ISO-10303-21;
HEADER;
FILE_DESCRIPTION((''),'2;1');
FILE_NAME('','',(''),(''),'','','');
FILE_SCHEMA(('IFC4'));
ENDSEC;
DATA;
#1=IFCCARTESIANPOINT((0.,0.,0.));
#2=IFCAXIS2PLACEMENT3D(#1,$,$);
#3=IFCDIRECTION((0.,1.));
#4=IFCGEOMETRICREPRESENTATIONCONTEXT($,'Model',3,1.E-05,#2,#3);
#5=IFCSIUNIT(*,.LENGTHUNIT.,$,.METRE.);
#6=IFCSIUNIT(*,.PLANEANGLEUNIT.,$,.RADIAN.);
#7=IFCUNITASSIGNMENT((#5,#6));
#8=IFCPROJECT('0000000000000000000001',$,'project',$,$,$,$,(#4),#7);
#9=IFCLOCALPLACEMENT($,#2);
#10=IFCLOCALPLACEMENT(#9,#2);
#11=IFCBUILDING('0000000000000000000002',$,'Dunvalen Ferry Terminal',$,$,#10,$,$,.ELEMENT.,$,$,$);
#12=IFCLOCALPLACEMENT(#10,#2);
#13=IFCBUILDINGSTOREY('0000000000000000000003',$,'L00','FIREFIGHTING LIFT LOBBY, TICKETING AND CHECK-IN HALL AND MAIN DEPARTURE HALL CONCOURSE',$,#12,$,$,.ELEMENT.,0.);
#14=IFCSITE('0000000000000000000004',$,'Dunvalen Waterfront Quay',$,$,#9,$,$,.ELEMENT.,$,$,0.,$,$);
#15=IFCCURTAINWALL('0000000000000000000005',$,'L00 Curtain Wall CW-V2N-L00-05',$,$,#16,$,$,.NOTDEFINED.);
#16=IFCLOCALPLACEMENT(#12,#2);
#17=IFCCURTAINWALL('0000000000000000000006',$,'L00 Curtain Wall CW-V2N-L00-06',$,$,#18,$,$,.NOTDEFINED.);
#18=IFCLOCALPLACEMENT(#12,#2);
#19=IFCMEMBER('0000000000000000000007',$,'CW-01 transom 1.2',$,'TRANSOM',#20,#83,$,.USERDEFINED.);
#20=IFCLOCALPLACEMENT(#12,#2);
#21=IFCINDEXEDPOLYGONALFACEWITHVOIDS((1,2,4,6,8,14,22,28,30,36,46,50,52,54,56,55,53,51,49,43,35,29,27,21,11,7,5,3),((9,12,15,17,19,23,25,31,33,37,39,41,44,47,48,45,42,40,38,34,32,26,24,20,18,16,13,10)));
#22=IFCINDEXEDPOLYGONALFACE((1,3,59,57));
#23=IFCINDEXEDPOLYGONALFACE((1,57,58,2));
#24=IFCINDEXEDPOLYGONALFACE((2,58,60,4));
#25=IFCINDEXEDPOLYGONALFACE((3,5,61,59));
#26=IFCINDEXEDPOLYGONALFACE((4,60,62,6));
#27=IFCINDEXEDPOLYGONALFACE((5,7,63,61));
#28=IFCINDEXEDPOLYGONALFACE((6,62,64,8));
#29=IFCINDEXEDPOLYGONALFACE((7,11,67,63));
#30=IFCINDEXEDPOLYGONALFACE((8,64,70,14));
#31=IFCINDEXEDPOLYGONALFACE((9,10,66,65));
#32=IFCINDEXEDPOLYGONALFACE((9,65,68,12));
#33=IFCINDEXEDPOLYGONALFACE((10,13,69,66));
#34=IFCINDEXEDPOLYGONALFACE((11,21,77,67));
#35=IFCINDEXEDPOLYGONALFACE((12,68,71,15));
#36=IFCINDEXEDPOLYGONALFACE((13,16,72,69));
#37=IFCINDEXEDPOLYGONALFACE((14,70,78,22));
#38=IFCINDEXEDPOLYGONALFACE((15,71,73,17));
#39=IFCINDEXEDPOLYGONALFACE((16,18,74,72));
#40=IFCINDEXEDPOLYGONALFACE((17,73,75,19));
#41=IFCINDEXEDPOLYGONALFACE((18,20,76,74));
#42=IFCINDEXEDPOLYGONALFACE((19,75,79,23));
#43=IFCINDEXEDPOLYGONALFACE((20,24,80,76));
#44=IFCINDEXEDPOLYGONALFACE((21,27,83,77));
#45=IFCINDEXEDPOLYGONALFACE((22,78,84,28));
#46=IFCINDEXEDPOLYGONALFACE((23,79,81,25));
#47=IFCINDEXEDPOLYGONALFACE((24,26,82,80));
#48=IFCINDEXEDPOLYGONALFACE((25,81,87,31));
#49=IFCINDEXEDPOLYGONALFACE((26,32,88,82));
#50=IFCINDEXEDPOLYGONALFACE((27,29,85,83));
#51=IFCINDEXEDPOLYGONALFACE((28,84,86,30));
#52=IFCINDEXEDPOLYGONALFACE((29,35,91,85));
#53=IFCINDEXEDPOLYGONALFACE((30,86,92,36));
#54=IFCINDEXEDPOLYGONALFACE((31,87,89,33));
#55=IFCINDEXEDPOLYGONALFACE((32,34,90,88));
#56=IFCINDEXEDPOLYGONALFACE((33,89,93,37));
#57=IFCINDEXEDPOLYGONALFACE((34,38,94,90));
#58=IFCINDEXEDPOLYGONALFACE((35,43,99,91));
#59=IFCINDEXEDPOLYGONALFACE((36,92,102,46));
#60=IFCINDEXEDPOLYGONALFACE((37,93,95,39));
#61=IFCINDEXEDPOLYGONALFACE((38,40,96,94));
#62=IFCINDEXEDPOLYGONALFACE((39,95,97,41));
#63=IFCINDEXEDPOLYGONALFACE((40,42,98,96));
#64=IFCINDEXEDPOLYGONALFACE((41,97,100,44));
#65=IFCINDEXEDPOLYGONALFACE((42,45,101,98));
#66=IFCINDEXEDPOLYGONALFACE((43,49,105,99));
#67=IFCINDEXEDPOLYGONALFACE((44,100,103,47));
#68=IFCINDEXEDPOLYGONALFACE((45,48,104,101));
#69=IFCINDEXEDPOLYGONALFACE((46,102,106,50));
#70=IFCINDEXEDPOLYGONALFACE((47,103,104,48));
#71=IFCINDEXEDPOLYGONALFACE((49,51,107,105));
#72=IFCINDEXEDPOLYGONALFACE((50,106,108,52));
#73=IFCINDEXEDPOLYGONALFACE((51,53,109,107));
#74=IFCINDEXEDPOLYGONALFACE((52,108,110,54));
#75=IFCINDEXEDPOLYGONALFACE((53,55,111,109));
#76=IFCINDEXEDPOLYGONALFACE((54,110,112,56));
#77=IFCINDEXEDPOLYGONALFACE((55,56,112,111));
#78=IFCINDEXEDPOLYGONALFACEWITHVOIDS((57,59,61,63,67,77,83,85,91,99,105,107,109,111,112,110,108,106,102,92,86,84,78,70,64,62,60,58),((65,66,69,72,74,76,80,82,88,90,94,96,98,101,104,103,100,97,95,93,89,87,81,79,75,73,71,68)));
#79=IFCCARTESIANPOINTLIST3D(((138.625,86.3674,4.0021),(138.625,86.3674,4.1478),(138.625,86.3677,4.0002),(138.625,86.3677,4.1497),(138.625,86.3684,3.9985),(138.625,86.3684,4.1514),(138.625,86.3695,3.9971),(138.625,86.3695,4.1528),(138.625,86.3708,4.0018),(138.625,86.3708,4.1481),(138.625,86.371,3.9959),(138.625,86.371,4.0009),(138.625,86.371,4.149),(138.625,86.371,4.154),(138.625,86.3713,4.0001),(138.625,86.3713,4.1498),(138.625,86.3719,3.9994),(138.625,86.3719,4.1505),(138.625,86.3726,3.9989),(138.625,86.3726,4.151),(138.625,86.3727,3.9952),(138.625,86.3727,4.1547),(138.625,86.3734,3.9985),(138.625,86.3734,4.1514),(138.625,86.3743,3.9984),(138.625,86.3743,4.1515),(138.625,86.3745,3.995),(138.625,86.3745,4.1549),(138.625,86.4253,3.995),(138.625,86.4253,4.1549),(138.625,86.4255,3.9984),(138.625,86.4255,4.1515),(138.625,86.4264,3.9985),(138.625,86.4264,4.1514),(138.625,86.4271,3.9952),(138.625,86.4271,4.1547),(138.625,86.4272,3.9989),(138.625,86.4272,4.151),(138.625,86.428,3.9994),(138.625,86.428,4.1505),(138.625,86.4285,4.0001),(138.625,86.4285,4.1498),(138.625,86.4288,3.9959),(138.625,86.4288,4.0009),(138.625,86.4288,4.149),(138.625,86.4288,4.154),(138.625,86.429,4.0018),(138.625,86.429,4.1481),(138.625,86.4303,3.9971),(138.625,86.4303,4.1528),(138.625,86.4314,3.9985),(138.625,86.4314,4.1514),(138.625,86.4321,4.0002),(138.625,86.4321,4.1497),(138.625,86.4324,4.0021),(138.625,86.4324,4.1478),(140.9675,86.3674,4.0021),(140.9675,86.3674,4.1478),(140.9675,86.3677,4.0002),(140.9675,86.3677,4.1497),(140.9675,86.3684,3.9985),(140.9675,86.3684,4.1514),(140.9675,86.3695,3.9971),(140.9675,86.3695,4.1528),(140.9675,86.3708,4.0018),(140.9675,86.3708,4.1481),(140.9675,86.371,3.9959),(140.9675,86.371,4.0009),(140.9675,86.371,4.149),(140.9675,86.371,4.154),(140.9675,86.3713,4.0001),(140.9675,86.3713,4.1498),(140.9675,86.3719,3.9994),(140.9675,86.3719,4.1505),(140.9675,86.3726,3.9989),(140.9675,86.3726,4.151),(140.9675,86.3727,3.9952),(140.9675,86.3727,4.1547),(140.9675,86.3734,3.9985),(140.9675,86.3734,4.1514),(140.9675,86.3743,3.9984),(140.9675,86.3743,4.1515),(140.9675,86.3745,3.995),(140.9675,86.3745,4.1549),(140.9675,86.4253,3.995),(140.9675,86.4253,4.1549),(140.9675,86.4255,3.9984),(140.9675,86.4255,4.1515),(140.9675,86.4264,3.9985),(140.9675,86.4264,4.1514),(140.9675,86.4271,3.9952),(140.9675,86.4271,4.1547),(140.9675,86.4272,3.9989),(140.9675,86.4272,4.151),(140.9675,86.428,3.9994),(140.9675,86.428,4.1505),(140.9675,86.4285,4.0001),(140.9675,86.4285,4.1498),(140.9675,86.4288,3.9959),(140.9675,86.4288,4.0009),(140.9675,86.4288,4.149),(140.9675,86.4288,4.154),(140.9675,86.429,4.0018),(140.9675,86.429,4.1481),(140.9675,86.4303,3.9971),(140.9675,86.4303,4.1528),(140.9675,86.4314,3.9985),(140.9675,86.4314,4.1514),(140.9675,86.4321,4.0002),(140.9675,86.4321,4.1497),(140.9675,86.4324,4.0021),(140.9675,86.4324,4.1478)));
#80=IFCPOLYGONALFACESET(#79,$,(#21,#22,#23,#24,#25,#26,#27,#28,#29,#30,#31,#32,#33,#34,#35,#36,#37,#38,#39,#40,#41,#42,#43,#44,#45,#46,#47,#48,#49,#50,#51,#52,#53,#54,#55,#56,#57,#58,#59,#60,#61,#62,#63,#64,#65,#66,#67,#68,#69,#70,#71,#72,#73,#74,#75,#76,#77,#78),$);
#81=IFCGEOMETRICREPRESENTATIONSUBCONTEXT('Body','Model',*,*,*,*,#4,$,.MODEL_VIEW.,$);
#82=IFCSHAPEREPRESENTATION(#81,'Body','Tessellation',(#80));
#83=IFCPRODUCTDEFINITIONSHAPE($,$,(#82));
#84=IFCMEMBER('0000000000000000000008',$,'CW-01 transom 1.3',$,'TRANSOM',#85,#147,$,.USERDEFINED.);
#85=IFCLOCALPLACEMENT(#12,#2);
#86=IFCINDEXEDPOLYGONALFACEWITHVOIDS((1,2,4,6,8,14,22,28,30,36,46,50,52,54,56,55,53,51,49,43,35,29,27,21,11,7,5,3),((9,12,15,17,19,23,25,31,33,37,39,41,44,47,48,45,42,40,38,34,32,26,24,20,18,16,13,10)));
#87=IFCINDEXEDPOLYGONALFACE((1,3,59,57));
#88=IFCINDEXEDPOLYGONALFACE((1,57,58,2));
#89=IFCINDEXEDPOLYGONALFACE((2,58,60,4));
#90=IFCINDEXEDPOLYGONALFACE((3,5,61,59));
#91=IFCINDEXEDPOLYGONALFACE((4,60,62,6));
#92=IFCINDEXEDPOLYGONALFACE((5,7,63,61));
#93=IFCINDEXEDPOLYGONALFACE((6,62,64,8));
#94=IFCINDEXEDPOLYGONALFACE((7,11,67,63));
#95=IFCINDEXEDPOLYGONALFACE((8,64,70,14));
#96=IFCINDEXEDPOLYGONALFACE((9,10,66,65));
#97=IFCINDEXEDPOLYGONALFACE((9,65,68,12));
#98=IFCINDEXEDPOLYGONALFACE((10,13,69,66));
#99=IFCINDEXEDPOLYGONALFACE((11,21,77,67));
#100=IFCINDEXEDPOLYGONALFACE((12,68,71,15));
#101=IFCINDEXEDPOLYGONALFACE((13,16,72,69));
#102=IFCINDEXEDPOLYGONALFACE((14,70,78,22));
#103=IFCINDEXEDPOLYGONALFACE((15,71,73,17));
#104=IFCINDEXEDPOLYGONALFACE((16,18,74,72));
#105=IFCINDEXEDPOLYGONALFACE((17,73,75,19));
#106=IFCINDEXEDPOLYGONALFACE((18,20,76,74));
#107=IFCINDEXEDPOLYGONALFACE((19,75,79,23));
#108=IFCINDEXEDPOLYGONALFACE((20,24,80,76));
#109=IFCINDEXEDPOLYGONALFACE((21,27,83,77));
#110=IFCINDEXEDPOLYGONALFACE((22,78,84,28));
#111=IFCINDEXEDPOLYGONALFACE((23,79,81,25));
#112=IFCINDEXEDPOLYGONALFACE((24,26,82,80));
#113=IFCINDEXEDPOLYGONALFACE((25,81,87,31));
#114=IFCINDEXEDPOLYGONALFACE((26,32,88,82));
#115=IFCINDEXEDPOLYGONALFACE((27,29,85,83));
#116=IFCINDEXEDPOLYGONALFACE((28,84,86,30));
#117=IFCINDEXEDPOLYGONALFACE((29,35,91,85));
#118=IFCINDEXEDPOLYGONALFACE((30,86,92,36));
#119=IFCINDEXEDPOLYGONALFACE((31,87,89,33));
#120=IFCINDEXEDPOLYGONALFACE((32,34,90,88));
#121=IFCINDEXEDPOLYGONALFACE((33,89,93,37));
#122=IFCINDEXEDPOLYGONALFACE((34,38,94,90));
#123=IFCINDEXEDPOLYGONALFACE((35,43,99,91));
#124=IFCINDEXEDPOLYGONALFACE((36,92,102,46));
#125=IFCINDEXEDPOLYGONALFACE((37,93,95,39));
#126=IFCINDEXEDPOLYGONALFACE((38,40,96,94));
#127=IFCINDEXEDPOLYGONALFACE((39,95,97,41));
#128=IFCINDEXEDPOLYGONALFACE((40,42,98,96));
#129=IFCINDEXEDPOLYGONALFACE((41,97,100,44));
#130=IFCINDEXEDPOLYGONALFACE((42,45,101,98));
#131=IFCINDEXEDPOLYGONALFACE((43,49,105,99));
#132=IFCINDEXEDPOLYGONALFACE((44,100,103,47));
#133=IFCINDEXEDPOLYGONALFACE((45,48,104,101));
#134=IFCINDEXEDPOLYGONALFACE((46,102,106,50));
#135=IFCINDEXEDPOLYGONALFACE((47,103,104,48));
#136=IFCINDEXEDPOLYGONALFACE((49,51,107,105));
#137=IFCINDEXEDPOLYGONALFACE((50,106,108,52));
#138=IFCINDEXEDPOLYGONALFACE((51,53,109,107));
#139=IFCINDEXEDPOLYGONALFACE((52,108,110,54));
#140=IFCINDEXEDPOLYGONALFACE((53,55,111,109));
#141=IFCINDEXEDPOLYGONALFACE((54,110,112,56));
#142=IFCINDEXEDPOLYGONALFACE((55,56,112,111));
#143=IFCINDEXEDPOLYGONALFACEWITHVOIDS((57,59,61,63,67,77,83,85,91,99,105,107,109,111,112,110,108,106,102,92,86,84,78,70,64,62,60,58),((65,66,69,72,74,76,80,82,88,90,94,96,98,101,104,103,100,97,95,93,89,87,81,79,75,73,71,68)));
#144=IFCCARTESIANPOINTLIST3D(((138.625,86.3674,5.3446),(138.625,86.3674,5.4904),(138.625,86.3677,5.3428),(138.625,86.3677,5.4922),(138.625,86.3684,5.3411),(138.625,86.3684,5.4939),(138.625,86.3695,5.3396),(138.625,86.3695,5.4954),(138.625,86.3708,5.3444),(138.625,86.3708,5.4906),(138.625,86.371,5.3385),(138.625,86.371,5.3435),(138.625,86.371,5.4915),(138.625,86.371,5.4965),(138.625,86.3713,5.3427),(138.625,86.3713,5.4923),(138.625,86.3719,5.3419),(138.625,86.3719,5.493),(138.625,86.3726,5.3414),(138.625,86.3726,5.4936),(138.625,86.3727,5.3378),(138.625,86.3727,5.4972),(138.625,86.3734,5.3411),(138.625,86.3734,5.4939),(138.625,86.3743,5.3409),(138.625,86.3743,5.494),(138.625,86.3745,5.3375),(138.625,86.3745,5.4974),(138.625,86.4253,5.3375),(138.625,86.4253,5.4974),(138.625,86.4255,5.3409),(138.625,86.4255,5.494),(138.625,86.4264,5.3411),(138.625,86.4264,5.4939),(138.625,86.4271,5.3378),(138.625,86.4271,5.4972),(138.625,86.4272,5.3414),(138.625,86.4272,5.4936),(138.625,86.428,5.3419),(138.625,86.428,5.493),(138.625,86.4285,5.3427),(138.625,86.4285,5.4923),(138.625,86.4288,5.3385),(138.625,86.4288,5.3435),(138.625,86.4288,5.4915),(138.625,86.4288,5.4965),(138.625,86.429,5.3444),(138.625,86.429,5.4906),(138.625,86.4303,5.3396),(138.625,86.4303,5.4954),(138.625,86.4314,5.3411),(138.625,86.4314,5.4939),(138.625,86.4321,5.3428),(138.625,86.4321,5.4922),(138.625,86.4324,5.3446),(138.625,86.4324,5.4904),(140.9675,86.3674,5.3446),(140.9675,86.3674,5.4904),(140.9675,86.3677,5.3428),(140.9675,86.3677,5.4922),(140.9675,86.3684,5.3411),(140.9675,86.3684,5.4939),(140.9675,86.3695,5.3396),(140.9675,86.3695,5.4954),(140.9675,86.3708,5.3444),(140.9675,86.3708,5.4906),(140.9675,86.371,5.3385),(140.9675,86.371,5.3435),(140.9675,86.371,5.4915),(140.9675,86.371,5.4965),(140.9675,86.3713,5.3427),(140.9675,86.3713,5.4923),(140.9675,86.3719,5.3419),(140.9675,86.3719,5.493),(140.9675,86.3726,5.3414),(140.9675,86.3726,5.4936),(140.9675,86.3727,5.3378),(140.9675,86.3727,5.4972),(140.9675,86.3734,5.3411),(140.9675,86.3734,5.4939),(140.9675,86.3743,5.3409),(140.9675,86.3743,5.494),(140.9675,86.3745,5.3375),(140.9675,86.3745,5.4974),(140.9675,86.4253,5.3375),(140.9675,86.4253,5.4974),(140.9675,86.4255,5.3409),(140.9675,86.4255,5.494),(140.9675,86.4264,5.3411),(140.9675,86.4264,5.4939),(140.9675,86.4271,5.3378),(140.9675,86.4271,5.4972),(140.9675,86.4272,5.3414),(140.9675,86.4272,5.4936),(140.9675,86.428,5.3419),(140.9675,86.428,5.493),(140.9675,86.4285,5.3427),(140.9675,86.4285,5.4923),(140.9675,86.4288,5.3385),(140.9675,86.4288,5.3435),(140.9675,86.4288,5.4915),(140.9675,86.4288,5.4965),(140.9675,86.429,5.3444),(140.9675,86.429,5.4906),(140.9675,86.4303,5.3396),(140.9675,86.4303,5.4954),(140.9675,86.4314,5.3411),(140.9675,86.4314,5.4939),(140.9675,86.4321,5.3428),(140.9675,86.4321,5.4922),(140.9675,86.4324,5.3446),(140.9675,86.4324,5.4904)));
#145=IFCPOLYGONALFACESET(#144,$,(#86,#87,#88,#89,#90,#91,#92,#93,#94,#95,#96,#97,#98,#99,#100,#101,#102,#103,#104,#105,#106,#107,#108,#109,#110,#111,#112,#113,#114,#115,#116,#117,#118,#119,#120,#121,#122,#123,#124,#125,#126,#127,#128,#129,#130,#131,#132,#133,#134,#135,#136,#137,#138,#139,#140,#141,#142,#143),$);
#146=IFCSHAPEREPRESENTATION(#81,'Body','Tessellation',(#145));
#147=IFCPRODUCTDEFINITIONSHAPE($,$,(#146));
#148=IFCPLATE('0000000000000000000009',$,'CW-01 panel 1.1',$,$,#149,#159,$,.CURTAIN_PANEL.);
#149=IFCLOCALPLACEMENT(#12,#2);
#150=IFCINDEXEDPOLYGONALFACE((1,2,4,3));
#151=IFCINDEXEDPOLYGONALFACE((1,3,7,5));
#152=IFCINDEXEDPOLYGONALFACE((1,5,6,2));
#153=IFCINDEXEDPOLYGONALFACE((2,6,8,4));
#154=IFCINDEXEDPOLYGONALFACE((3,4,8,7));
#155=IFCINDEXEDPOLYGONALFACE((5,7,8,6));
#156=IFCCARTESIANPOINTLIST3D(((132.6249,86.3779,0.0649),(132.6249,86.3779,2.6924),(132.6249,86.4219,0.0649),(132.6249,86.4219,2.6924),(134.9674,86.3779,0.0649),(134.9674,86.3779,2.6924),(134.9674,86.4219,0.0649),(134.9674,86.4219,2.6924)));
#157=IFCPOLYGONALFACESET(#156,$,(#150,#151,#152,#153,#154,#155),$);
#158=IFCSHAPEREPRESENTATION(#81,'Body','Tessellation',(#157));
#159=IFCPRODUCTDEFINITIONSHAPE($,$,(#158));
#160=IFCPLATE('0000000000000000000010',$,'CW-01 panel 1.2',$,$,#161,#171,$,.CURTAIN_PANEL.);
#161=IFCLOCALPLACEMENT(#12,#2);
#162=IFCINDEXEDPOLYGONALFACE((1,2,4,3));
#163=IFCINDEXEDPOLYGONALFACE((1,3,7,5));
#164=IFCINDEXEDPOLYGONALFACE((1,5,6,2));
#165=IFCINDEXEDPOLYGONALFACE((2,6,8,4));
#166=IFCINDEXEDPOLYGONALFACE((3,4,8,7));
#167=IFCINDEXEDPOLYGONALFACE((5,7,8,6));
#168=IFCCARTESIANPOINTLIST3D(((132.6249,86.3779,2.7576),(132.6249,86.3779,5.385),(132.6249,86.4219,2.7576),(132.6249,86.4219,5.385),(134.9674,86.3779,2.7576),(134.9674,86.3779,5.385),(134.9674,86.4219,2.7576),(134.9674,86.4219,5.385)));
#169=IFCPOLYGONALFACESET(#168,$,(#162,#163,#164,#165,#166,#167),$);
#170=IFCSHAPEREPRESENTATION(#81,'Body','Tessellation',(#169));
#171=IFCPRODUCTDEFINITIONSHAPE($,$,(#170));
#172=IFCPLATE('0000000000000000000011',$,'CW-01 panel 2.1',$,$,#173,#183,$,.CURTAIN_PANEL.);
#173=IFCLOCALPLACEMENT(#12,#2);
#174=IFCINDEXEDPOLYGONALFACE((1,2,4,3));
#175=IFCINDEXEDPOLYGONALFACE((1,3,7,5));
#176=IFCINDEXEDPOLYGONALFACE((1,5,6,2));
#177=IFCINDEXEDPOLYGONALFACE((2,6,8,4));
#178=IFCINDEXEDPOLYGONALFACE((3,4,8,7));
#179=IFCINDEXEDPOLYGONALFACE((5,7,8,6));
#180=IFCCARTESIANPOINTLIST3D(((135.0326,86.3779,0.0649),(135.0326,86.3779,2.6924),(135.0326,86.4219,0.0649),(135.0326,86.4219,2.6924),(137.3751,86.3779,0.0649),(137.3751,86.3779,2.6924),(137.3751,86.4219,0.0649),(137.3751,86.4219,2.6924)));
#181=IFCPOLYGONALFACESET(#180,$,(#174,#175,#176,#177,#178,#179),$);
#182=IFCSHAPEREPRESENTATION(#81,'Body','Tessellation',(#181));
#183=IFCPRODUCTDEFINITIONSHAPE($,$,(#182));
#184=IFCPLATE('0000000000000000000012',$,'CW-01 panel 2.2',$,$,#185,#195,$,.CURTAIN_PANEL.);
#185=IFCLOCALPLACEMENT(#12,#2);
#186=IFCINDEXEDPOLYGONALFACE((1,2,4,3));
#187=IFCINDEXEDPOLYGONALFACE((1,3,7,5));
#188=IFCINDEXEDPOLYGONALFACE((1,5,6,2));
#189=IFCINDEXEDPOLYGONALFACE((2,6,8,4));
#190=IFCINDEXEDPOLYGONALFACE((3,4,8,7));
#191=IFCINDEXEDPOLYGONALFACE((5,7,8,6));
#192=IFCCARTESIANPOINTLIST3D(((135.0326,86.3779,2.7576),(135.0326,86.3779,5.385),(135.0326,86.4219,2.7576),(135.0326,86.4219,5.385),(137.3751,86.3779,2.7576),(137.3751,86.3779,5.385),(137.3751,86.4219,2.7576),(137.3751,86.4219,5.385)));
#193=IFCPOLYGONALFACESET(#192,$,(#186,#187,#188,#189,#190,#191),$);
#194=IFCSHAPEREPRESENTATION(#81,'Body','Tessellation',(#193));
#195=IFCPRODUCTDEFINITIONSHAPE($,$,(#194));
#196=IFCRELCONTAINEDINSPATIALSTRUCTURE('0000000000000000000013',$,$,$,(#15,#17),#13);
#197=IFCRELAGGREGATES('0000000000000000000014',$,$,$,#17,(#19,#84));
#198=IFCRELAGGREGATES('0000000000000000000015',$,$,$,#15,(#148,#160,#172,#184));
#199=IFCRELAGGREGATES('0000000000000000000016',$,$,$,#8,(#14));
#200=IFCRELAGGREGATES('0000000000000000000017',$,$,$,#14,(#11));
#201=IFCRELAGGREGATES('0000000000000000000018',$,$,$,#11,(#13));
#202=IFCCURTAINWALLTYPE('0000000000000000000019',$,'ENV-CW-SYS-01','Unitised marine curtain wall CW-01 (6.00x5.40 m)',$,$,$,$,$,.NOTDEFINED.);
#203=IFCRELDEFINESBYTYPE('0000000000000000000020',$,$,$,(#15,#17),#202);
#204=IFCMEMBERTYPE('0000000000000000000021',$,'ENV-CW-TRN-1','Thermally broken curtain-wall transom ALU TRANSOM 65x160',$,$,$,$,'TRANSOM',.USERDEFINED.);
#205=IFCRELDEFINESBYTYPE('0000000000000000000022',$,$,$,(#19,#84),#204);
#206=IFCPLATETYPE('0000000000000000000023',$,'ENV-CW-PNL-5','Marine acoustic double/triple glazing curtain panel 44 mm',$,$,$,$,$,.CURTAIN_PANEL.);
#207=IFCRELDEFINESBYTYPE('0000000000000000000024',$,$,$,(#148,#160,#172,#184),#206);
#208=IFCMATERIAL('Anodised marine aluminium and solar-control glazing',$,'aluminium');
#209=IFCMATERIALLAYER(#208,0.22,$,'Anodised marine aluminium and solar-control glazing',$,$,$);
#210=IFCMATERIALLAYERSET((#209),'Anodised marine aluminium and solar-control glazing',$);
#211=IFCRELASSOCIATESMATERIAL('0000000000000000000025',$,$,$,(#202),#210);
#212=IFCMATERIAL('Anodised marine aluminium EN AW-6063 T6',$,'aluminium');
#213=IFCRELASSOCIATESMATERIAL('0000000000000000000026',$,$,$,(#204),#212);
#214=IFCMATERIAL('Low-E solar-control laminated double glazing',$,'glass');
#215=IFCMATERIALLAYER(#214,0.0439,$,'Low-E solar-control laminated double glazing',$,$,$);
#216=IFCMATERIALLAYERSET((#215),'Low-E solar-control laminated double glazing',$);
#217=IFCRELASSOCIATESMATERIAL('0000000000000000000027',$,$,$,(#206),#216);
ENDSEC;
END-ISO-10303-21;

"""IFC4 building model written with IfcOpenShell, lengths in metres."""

from ifc_helpers import new_model, si_unit, direction, frame, origin, origin_2d, place, context, subcontext, project, spatial, rectangle, hollow_rectangle, extrude, material, layer, layer_set, material_profile, profile_set, type_object, element, aggregate, save


model = new_model("IFC4")

# Units and contexts
model_context = context("Model", 3, precision=1e-05, world=origin(), true_north=direction((0.0, 1.0)))
body_context = subcontext(model_context, "Body", "Model", "MODEL_VIEW")
ifc_project = project(units=[si_unit("LENGTHUNIT", "METRE"), si_unit("PLANEANGLEUNIT", "RADIAN")], contexts=[model_context])

# Site, building, storey
site_placement = place(None, origin())
site = spatial("IfcSite", under=ifc_project, at=site_placement, Name="Dunvalen Waterfront Quay", CompositionType="ELEMENT", RefElevation=0.0)
building_placement = place(site_placement, origin())
building = spatial("IfcBuilding", under=site, at=building_placement, Name="Dunvalen Ferry Terminal", CompositionType="ELEMENT")
storey_placement = place(building_placement, origin())
storey = spatial("IfcBuildingStorey", under=building, at=storey_placement, Name="L00", Description="FIREFIGHTING LIFT LOBBY, TICKETING AND CHECK-IN HALL AND MAIN DEPARTURE HALL CONCOURSE", CompositionType="ELEMENT", Elevation=0.0)

# Curtain wall
ifc_material_1 = material(Name="Anodised marine aluminium and solar-control glazing", Category="aluminium")
ifc_layer_1 = layer(ifc_material_1, 0.22, Name="Anodised marine aluminium and solar-control glazing")
ifc_layer_set_1 = layer_set([ifc_layer_1], Name="Anodised marine aluminium and solar-control glazing")
curtain_wall_type = type_object("IfcCurtainWallType", Name="ENV-CW-SYS-01", Description="Unitised marine curtain wall CW-01 (6.00x5.40 m)", PredefinedType="NOTDEFINED", material=ifc_layer_set_1)
curtain_wall_1_placement = place(storey_placement, origin())
curtain_wall_1 = element("IfcCurtainWall", 1, at=curtain_wall_1_placement, inside=storey, type_object=curtain_wall_type, Name="L00 Curtain Wall CW-V2N-L00-05", PredefinedType="NOTDEFINED")
ifc_material_2 = material(Name="Anodised marine aluminium EN AW-6063 T6", Category="aluminium")

# Curtain wall
curtain_wall_2_placement = place(storey_placement, origin())
curtain_wall_2 = element("IfcCurtainWall", 2, at=curtain_wall_2_placement, inside=storey, type_object=curtain_wall_type, Name="L00 Curtain Wall CW-V2N-L00-06", PredefinedType="NOTDEFINED")

# Members
ifc_material_profile_1 = material_profile(ifc_material_2, hollow_rectangle(XDim=0.0649, YDim=0.1599, WallThickness=0.0034, InnerFilletRadius=0.0034, OuterFilletRadius=0.0071, at=origin_2d()), Name="Anodised marine aluminium EN AW-6063 T6")
ifc_profile_set_1 = profile_set([ifc_material_profile_1], Name="Anodised marine aluminium EN AW-6063 T6")
member_type_1 = type_object("IfcMemberType", Name="ENV-CW-TRN-1", Description="Thermally broken curtain-wall transom ALU TRANSOM 65x160", ElementType="TRANSOM", PredefinedType="USERDEFINED", material=ifc_profile_set_1)
member_1_placement = place(storey_placement, frame((138.625, 86.3999, 4.075), z_axis=(1.0, 0.0, 0.0), x_axis=(0.0, 1.0, 0.0)))
member_1 = element("IfcMember", 3, at=member_1_placement, type_object=member_type_1, Name="CW-01 transom 1.2", ObjectType="TRANSOM", PredefinedType="USERDEFINED", context=body_context, shape_type="SweptSolid", body=[
    extrude(hollow_rectangle(XDim=0.0649, YDim=0.1599, WallThickness=0.0034, InnerFilletRadius=0.0034, OuterFilletRadius=0.0071, at=origin_2d()), origin(), (0.0, 0.0, 1.0), 2.3425),
])
member_2_placement = place(storey_placement, frame((138.625, 86.3999, 5.4175), z_axis=(1.0, 0.0, 0.0), x_axis=(0.0, 1.0, 0.0)))
member_2 = element("IfcMember", 4, at=member_2_placement, type_object=member_type_1, Name="CW-01 transom 1.3", ObjectType="TRANSOM", PredefinedType="USERDEFINED", context=body_context, shape_type="SweptSolid", body=[
    extrude(hollow_rectangle(XDim=0.0649, YDim=0.1599, WallThickness=0.0034, InnerFilletRadius=0.0034, OuterFilletRadius=0.0071, at=origin_2d()), origin(), (0.0, 0.0, 1.0), 2.3425),
])
aggregate(curtain_wall_2, [member_1, member_2])

# Plates
ifc_material_3 = material(Name="Low-E solar-control laminated double glazing", Category="glass")
ifc_layer_2 = layer(ifc_material_3, 0.0439, Name="Low-E solar-control laminated double glazing")
ifc_layer_set_2 = layer_set([ifc_layer_2], Name="Low-E solar-control laminated double glazing")
plate_type = type_object("IfcPlateType", Name="ENV-CW-PNL-5", Description="Marine acoustic double/triple glazing curtain panel 44 mm", PredefinedType="CURTAIN_PANEL", material=ifc_layer_set_2)
plate_1_placement = place(storey_placement, frame((133.7961, 86.3999, 0.0649), z_axis=(0.0, 0.0, 1.0), x_axis=(1.0, 0.0, 0.0)))
plate_1 = element("IfcPlate", 5, at=plate_1_placement, type_object=plate_type, Name="CW-01 panel 1.1", PredefinedType="CURTAIN_PANEL", context=body_context, shape_type="SweptSolid", body=[
    extrude(rectangle(XDim=2.3425, YDim=0.0439, at=origin_2d()), origin(), (0.0, 0.0, 1.0), 2.6274),
])
plate_2_placement = place(storey_placement, frame((133.7961, 86.3999, 2.7576), z_axis=(0.0, 0.0, 1.0), x_axis=(1.0, 0.0, 0.0)))
plate_2 = element("IfcPlate", 6, at=plate_2_placement, type_object=plate_type, Name="CW-01 panel 1.2", PredefinedType="CURTAIN_PANEL", context=body_context, shape_type="SweptSolid", body=[
    extrude(rectangle(XDim=2.3425, YDim=0.0439, at=origin_2d()), origin(), (0.0, 0.0, 1.0), 2.6274),
])
plate_3_placement = place(storey_placement, frame((136.2039, 86.3999, 0.0649), z_axis=(0.0, 0.0, 1.0), x_axis=(1.0, 0.0, 0.0)))
plate_3 = element("IfcPlate", 7, at=plate_3_placement, type_object=plate_type, Name="CW-01 panel 2.1", PredefinedType="CURTAIN_PANEL", context=body_context, shape_type="SweptSolid", body=[
    extrude(rectangle(XDim=2.3425, YDim=0.0439, at=origin_2d()), origin(), (0.0, 0.0, 1.0), 2.6274),
])
plate_4_placement = place(storey_placement, frame((136.2039, 86.3999, 2.7576), z_axis=(0.0, 0.0, 1.0), x_axis=(1.0, 0.0, 0.0)))
plate_4 = element("IfcPlate", 8, at=plate_4_placement, type_object=plate_type, Name="CW-01 panel 2.2", PredefinedType="CURTAIN_PANEL", context=body_context, shape_type="SweptSolid", body=[
    extrude(rectangle(XDim=2.3425, YDim=0.0439, at=origin_2d()), origin(), (0.0, 0.0, 1.0), 2.6274),
])
aggregate(curtain_wall_1, [plate_1, plate_2, plate_3, plate_4])

save(model, "model.ifc")
